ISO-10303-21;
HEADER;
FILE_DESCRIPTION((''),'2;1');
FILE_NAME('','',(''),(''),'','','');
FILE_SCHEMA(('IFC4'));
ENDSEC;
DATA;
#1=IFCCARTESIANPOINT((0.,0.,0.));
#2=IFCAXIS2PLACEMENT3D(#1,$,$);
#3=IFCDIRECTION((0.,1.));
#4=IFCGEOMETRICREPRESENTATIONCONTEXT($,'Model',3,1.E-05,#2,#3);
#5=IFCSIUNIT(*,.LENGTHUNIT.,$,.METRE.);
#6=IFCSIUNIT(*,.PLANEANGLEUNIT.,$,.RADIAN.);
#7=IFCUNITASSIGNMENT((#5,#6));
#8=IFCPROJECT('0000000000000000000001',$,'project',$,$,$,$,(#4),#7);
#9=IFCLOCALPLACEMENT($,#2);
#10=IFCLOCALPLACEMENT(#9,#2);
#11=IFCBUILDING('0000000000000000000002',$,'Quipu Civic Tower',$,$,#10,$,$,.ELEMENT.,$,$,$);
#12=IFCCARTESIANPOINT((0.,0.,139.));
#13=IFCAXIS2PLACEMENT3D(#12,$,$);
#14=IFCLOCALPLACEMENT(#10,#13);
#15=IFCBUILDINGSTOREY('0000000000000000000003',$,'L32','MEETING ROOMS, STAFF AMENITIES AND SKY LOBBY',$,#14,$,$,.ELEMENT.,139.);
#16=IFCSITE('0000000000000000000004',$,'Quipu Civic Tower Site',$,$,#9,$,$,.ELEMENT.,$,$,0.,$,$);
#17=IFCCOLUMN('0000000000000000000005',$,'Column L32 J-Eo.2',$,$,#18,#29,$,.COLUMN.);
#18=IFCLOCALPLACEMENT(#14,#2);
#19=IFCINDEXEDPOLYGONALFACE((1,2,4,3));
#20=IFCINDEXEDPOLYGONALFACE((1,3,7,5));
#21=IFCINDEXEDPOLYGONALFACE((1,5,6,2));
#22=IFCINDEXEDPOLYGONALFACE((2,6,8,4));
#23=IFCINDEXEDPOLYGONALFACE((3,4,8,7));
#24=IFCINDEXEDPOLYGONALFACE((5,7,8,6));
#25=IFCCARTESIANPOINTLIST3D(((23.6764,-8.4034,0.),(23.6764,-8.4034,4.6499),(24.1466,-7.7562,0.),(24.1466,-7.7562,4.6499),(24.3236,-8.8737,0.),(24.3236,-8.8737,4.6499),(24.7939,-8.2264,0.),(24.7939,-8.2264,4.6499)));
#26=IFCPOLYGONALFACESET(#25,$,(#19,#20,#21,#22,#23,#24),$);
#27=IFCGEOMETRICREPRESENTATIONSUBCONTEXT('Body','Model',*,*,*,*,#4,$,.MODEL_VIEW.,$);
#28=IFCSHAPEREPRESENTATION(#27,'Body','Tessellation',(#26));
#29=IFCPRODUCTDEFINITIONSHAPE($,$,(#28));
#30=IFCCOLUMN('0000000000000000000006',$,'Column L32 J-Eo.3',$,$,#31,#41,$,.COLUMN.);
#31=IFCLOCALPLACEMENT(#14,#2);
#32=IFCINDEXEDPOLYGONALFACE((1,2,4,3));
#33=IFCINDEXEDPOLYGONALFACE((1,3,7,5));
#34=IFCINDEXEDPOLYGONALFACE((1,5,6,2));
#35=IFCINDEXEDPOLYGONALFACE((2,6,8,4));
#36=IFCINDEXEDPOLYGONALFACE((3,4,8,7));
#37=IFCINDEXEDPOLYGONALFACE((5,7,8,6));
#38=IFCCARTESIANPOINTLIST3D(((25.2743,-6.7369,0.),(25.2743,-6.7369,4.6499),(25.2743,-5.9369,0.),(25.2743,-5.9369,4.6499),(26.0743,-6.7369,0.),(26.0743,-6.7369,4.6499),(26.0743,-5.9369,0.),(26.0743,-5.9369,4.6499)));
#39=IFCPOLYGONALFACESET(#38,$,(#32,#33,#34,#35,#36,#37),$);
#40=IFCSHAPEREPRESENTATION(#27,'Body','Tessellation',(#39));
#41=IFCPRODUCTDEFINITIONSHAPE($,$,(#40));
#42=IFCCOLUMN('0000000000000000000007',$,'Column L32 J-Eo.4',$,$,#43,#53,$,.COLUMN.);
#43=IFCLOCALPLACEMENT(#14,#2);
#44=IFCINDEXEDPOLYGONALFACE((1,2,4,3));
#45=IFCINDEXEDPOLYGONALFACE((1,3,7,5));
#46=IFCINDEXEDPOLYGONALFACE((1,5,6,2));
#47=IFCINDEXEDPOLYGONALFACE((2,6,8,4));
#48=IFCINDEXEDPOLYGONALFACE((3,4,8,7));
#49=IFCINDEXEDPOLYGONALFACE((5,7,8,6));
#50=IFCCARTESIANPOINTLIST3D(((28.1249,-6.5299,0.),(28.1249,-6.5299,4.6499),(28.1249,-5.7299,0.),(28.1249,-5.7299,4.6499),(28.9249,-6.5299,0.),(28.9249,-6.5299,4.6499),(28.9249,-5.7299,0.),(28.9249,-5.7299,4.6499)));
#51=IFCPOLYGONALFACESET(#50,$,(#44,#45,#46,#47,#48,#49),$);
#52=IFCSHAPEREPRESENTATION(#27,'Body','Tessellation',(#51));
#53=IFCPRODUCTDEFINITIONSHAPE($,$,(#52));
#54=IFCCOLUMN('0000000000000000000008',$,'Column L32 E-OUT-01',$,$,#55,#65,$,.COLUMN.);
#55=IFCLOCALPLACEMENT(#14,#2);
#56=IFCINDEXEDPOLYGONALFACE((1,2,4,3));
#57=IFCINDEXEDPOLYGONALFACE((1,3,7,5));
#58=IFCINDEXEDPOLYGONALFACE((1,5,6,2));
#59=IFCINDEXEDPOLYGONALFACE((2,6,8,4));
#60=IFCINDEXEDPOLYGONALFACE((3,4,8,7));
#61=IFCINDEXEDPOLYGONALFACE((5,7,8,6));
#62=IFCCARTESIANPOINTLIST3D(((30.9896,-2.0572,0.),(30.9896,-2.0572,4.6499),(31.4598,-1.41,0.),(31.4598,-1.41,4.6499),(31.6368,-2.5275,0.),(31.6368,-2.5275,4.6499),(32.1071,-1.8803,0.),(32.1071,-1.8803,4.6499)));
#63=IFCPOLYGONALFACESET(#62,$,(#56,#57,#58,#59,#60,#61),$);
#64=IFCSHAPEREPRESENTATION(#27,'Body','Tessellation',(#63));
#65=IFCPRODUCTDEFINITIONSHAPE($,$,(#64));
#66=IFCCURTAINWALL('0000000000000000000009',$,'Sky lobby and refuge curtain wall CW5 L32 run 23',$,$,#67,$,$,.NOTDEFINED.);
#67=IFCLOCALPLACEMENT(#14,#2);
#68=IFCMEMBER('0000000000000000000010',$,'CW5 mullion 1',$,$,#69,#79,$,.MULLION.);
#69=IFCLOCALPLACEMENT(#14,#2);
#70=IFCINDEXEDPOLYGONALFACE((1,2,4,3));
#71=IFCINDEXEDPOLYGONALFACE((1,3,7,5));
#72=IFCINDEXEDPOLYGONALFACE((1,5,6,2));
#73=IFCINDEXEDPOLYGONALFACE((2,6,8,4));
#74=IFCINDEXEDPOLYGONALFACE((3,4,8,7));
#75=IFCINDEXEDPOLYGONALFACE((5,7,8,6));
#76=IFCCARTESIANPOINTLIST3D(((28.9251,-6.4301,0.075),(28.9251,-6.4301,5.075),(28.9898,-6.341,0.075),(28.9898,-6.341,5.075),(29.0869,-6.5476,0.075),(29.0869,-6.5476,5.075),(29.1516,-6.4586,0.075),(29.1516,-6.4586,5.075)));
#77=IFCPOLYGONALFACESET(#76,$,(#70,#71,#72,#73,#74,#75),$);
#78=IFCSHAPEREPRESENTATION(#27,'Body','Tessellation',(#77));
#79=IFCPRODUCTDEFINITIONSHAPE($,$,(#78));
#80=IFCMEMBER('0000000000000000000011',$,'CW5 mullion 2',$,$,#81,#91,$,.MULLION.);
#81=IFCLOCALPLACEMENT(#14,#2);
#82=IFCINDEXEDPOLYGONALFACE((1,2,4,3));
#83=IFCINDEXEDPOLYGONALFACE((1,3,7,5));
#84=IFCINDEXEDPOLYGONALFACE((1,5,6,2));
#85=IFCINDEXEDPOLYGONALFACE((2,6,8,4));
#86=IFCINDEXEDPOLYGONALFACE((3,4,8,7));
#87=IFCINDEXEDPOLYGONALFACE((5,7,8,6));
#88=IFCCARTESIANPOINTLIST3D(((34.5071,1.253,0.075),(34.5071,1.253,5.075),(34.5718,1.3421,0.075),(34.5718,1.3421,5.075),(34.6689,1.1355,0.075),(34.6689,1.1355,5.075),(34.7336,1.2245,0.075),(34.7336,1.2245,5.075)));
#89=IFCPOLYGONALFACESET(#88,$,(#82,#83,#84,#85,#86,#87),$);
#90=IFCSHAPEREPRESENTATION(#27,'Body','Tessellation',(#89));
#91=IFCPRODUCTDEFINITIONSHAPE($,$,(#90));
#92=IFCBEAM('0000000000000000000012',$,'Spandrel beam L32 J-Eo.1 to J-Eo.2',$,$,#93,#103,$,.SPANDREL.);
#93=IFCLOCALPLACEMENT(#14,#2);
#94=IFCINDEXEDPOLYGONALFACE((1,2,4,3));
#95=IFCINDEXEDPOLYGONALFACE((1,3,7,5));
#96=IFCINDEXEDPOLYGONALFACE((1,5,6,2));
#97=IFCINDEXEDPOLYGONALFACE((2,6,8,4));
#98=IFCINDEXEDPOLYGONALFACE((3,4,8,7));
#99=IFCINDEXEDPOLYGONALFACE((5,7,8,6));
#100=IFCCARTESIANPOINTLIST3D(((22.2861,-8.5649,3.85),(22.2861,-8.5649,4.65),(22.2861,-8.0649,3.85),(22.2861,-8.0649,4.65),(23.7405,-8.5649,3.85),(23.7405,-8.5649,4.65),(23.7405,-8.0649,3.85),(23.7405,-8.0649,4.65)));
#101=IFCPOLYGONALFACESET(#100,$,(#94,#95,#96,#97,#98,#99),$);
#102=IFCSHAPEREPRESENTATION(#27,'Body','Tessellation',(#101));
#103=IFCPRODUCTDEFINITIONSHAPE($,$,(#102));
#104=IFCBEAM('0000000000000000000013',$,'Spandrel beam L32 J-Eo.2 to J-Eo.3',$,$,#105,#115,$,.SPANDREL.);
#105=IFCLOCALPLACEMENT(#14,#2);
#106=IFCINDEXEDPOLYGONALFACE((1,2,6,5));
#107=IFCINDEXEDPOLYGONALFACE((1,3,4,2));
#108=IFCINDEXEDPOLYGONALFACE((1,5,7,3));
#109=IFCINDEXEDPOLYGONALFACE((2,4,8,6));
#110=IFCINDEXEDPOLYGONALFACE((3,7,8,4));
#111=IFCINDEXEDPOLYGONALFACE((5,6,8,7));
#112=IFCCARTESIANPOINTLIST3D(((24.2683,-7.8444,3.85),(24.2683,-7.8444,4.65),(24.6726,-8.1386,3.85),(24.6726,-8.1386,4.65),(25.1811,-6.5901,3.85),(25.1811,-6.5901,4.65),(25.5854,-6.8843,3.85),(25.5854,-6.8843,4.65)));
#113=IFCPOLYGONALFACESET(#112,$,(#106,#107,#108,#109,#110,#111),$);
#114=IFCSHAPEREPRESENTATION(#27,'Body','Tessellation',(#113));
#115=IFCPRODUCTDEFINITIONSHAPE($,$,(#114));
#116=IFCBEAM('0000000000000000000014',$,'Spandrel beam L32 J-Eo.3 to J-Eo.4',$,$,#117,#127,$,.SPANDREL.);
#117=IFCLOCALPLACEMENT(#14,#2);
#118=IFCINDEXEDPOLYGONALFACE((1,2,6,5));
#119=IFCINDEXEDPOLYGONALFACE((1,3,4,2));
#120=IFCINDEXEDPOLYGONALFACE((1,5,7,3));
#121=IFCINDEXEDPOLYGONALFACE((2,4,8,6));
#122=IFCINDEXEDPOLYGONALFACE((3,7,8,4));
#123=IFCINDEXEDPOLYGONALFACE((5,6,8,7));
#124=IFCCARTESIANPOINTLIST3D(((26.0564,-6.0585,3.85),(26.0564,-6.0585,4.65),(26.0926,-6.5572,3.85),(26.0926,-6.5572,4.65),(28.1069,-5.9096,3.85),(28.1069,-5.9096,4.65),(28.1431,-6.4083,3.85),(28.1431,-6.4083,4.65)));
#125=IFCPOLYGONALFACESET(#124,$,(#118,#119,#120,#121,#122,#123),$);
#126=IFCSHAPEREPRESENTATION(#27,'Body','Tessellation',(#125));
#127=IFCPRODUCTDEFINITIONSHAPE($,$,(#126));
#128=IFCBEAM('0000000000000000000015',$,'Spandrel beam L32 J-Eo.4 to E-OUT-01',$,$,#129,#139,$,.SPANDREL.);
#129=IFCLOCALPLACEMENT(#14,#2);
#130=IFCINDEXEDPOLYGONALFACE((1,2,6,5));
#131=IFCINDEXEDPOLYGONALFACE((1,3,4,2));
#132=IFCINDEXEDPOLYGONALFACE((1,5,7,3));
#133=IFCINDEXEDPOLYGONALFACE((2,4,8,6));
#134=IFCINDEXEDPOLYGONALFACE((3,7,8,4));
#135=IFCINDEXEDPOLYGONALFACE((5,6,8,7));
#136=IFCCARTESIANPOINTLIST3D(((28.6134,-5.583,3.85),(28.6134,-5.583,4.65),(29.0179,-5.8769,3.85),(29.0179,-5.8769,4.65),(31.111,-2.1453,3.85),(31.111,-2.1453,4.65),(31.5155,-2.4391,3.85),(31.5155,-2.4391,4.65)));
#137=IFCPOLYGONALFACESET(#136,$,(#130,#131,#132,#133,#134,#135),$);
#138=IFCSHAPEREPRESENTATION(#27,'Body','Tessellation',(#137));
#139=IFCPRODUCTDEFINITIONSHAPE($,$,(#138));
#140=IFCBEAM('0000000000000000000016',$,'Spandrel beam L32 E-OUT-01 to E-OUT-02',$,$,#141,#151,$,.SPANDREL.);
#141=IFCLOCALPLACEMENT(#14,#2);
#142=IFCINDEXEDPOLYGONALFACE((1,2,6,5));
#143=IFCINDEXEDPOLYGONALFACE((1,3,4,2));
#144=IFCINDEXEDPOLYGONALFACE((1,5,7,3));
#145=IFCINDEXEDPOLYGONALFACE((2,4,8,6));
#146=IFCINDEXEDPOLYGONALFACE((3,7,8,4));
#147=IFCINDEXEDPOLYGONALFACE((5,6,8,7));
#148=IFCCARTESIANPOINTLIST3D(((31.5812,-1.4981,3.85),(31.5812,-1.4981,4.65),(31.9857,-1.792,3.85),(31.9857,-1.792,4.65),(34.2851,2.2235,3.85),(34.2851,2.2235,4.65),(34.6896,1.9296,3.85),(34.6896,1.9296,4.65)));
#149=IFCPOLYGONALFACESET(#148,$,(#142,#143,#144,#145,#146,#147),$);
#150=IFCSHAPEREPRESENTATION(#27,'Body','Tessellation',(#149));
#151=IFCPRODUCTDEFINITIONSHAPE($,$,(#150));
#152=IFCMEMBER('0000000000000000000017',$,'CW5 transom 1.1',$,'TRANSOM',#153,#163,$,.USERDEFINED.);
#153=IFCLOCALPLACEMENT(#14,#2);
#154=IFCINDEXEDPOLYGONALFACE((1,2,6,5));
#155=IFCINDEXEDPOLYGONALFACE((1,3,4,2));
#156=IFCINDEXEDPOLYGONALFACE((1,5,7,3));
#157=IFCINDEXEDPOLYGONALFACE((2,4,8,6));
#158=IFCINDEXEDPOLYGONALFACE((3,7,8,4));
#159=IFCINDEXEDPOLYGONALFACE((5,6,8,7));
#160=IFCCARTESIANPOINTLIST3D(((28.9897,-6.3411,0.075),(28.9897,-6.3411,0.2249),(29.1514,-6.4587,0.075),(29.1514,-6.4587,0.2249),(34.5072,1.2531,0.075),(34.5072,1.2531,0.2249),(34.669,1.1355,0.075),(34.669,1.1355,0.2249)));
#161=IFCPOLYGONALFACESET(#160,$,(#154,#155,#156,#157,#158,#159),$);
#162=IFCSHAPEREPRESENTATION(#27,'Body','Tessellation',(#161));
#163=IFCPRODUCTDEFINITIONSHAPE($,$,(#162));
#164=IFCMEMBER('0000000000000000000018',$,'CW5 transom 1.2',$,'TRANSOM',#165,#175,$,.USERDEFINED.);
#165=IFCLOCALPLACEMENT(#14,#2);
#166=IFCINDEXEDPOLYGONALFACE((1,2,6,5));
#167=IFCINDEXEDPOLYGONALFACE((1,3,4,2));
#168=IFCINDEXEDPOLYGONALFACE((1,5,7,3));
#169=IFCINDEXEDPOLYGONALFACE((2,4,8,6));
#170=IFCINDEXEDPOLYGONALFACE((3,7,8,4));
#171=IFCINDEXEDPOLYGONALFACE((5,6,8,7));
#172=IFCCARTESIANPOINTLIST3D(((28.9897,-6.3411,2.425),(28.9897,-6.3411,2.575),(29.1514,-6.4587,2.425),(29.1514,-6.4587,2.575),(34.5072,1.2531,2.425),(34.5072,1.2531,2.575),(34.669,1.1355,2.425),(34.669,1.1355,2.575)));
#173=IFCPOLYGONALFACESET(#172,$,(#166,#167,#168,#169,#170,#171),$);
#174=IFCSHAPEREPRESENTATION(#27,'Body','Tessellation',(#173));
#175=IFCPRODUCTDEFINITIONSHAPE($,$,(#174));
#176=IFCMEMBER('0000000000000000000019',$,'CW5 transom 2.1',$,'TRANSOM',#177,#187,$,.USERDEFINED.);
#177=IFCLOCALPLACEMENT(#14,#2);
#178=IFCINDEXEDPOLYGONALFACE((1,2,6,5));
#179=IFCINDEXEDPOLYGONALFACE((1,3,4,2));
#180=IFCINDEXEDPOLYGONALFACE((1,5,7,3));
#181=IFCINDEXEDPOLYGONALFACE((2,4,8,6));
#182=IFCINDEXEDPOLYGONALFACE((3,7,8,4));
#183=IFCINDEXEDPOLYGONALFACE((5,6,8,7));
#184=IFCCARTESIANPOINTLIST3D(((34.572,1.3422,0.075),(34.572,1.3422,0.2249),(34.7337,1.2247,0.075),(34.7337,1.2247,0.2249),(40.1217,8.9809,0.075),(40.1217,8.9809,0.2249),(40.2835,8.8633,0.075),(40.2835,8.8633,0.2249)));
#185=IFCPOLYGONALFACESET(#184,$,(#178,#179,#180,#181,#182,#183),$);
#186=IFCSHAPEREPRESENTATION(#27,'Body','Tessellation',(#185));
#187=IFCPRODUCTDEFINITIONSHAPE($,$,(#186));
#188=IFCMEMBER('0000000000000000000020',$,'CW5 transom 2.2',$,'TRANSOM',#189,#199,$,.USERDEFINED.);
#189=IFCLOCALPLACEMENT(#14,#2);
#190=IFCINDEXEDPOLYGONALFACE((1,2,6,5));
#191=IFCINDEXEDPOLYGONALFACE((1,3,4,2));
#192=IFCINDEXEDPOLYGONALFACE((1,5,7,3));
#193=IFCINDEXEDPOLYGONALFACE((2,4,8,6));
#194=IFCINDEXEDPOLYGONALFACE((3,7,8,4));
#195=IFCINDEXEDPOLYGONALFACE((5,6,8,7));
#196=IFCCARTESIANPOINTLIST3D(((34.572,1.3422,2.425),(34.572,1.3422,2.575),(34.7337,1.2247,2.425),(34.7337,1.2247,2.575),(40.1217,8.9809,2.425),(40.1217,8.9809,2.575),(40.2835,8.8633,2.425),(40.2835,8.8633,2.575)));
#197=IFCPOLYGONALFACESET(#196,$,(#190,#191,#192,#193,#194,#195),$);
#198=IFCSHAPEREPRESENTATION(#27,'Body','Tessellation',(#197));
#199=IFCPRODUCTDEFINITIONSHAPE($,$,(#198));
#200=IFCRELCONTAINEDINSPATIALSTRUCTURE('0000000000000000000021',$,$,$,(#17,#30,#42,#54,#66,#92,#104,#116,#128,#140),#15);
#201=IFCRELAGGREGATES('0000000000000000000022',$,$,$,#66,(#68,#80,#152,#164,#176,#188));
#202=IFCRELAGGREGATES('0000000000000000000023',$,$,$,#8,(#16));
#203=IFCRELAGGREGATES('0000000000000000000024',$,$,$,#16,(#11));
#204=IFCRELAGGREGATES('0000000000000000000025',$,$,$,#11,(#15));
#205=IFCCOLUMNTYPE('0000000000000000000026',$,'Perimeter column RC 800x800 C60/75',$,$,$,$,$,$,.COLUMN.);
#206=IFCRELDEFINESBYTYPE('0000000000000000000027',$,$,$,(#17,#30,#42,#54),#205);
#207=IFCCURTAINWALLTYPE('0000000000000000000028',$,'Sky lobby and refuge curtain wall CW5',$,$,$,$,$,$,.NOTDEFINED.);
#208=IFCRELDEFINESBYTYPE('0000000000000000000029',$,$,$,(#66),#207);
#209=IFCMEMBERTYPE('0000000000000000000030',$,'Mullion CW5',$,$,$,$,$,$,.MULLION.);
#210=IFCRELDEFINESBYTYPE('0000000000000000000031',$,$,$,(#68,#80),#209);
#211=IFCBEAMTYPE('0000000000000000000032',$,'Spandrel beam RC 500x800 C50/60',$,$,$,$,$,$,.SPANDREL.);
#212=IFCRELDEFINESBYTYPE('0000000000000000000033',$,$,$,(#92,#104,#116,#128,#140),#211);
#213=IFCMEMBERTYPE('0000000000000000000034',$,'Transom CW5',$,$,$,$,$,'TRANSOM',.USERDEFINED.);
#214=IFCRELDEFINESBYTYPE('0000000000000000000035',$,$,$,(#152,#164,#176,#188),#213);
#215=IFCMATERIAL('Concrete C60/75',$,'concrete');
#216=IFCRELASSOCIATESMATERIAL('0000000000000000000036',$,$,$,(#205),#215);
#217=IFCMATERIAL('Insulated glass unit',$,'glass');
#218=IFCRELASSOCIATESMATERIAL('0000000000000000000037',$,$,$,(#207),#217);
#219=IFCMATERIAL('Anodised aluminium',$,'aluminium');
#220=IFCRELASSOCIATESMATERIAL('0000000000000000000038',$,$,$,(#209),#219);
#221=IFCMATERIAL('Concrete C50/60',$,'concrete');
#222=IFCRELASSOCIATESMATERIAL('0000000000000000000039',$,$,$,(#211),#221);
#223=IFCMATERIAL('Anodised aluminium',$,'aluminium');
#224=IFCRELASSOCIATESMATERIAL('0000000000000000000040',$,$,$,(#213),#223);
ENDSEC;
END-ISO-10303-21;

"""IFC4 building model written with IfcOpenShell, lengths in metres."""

from ifc_helpers import new_model, si_unit, direction, frame, origin, origin_2d, place, context, subcontext, project, spatial, rectangle, extrude, material, material_profile, profile_set, type_object, element, aggregate, save


model = new_model("IFC4")

# Units and contexts
model_context = context("Model", 3, precision=1e-05, world=origin(), true_north=direction((0.0, 1.0)))
body_context = subcontext(model_context, "Body", "Model", "MODEL_VIEW")
ifc_project = project(units=[si_unit("LENGTHUNIT", "METRE"), si_unit("PLANEANGLEUNIT", "RADIAN")], contexts=[model_context])

# Site, building, storey
site_placement = place(None, origin())
site = spatial("IfcSite", under=ifc_project, at=site_placement, Name="Quipu Civic Tower Site", CompositionType="ELEMENT", RefElevation=0.0)
building_placement = place(site_placement, origin())
building = spatial("IfcBuilding", under=site, at=building_placement, Name="Quipu Civic Tower", CompositionType="ELEMENT")
storey_placement = place(building_placement, frame((0.0, 0.0, 139.0)))
storey = spatial("IfcBuildingStorey", under=building, at=storey_placement, Name="L32", Description="MEETING ROOMS, STAFF AMENITIES AND SKY LOBBY", CompositionType="ELEMENT", Elevation=139.0)

# Columns
ifc_material_1 = material(Name="Concrete C60/75", Category="concrete")
ifc_material_profile_1 = material_profile(ifc_material_1, rectangle(XDim=0.8, YDim=0.8, at=origin_2d()), Name="RC800x800")
ifc_profile_set_1 = profile_set([ifc_material_profile_1], Name="Concrete C60/75")
column_type = type_object("IfcColumnType", Name="Perimeter column RC 800x800 C60/75", PredefinedType="COLUMN", material=ifc_profile_set_1)
for number, where, z_axis, x_axis, name in (
    (1, (24.2351, -8.3149, 0.0), (0.0, 0.0, 1.0), (0.587785, 0.809017, 0.0), "Column L32 J-Eo.2"),
    (2, (25.6743, -6.3369, 0.0), (0.0, 0.0, 1.0), (1.0, 0.0, 0.0), "Column L32 J-Eo.3"),
    (3, (28.5249, -6.1299, 0.0), (0.0, 0.0, 1.0), (1.0, 0.0, 0.0), "Column L32 J-Eo.4"),
    (4, (31.5483, -1.9688, 0.0), (0.0, 0.0, 1.0), (0.587785, 0.809017, 0.0), "Column L32 E-OUT-01"),
):
    element("IfcColumn", number, at=place(storey_placement, frame(where, z_axis=z_axis, x_axis=x_axis)), inside=storey, type_object=column_type, Name=name, PredefinedType="COLUMN", context=body_context, shape_type="SweptSolid", body=[
        extrude(rectangle(XDim=0.8, YDim=0.8, at=origin_2d()), origin(), (0.0, 0.0, 1.0), 4.6499),
    ])

# Curtain wall, members
ifc_material_2 = material(Name="Insulated glass unit", Category="glass")
curtain_wall_type = type_object("IfcCurtainWallType", Name="Sky lobby and refuge curtain wall CW5", PredefinedType="NOTDEFINED", material=ifc_material_2)
curtain_wall_placement = place(storey_placement, origin())
curtain_wall = element("IfcCurtainWall", 5, at=curtain_wall_placement, inside=storey, type_object=curtain_wall_type, Name="Sky lobby and refuge curtain wall CW5 L32 run 23", PredefinedType="NOTDEFINED")
ifc_material_3 = material(Name="Anodised aluminium", Category="aluminium")
ifc_material_profile_2 = material_profile(ifc_material_3, rectangle(XDim=0.2, YDim=0.1101, at=origin_2d()), Name="RECT 200x110")
ifc_profile_set_2 = profile_set([ifc_material_profile_2], Name="Anodised aluminium")
member_type_1 = type_object("IfcMemberType", Name="Mullion CW5", PredefinedType="MULLION", material=ifc_profile_set_2)
member_1_placement = place(storey_placement, frame((29.0383, -6.4443, 0.075), z_axis=(0.0, 0.0, 1.0), x_axis=(-0.809017, 0.587786, 0.0)))
member_1 = element("IfcMember", 6, at=member_1_placement, type_object=member_type_1, Name="CW5 mullion 1", PredefinedType="MULLION", context=body_context, shape_type="SweptSolid", body=[
    extrude(rectangle(XDim=0.2, YDim=0.1101, at=origin_2d()), origin(), (0.0, 0.0, 1.0), 5.0),
])
member_2_placement = place(storey_placement, frame((34.6204, 1.2388, 0.075), z_axis=(0.0, 0.0, 1.0), x_axis=(-0.809017, 0.587786, 0.0)))
member_2 = element("IfcMember", 7, at=member_2_placement, type_object=member_type_1, Name="CW5 mullion 2", PredefinedType="MULLION", context=body_context, shape_type="SweptSolid", body=[
    extrude(rectangle(XDim=0.2, YDim=0.1101, at=origin_2d()), origin(), (0.0, 0.0, 1.0), 5.0),
])

# Beams
ifc_material_4 = material(Name="Concrete C50/60", Category="concrete")
ifc_material_profile_3 = material_profile(ifc_material_4, rectangle(XDim=0.5, YDim=0.8, at=origin_2d()), Name="RC500x800")
ifc_profile_set_3 = profile_set([ifc_material_profile_3], Name="Concrete C50/60")
beam_type = type_object("IfcBeamType", Name="Spandrel beam RC 500x800 C50/60", PredefinedType="SPANDREL", material=ifc_profile_set_3)
beam_1_placement = place(storey_placement, frame((22.2861, -8.3149, 4.25), z_axis=(1.0, 0.0, 0.0), x_axis=(0.0, 1.0, 0.0)))
element("IfcBeam", 8, at=beam_1_placement, inside=storey, type_object=beam_type, Name="Spandrel beam L32 J-Eo.1 to J-Eo.2", PredefinedType="SPANDREL", context=body_context, shape_type="SweptSolid", body=[
    extrude(rectangle(XDim=0.5, YDim=0.8, at=origin_2d()), origin(), (0.0, 0.0, 1.0), 1.4543),
])
beam_2_placement = place(storey_placement, frame((24.4705, -7.9915, 4.25), z_axis=(0.588406, 0.808566, 0.0), x_axis=(-0.808566, 0.588406, 0.0)))
element("IfcBeam", 9, at=beam_2_placement, inside=storey, type_object=beam_type, Name="Spandrel beam L32 J-Eo.2 to J-Eo.3", PredefinedType="SPANDREL", context=body_context, shape_type="SweptSolid", body=[
    extrude(rectangle(XDim=0.5, YDim=0.8, at=origin_2d()), origin(), (0.0, 0.0, 1.0), 1.5513),
])
beam_3_placement = place(storey_placement, frame((26.0745, -6.3079, 4.25), z_axis=(0.997373, 0.072437, 0.0), x_axis=(-0.072437, 0.997373, 0.0)))
element("IfcBeam", 10, at=beam_3_placement, inside=storey, type_object=beam_type, Name="Spandrel beam L32 J-Eo.3 to J-Eo.4", PredefinedType="SPANDREL", context=body_context, shape_type="SweptSolid", body=[
    extrude(rectangle(XDim=0.5, YDim=0.8, at=origin_2d()), origin(), (0.0, 0.0, 1.0), 2.0559),
])
beam_4_placement = place(storey_placement, frame((28.8157, -5.73, 4.25), z_axis=(0.587769, 0.809029, 0.0), x_axis=(-0.809029, 0.587769, 0.0)))
element("IfcBeam", 11, at=beam_4_placement, inside=storey, type_object=beam_type, Name="Spandrel beam L32 J-Eo.4 to E-OUT-01", PredefinedType="SPANDREL", context=body_context, shape_type="SweptSolid", body=[
    extrude(rectangle(XDim=0.5, YDim=0.8, at=origin_2d()), origin(), (0.0, 0.0, 1.0), 4.2493),
])
beam_5_placement = place(storey_placement, frame((31.7834, -1.645, 4.25), z_axis=(0.587796, 0.809009, 0.0), x_axis=(-0.809009, 0.587796, 0.0)))
element("IfcBeam", 12, at=beam_5_placement, inside=storey, type_object=beam_type, Name="Spandrel beam L32 E-OUT-01 to E-OUT-02", PredefinedType="SPANDREL", context=body_context, shape_type="SweptSolid", body=[
    extrude(rectangle(XDim=0.5, YDim=0.8, at=origin_2d()), origin(), (0.0, 0.0, 1.0), 4.6001),
])

# Members
ifc_material_5 = material(Name="Anodised aluminium", Category="aluminium")
ifc_material_profile_4 = material_profile(ifc_material_5, rectangle(XDim=0.2, YDim=0.1499, at=origin_2d()), Name="RECT 200x150")
ifc_profile_set_4 = profile_set([ifc_material_profile_4], Name="Anodised aluminium")
member_type_2 = type_object("IfcMemberType", Name="Transom CW5", ElementType="TRANSOM", PredefinedType="USERDEFINED", material=ifc_profile_set_4)
member_3_placement = place(storey_placement, frame((29.0706, -6.3999, 0.1499), z_axis=(0.587788, 0.809015, 0.0), x_axis=(-0.809015, 0.587788, 0.0)))
member_3 = element("IfcMember", 13, at=member_3_placement, type_object=member_type_2, Name="CW5 transom 1.1", ObjectType="TRANSOM", PredefinedType="USERDEFINED", context=body_context, shape_type="SweptSolid", body=[
    extrude(rectangle(XDim=0.2, YDim=0.1499, at=origin_2d()), origin(), (0.0, 0.0, 1.0), 9.387),
])
member_4_placement = place(storey_placement, frame((29.0706, -6.3999, 2.5), z_axis=(0.587788, 0.809015, 0.0), x_axis=(-0.809015, 0.587788, 0.0)))
member_4 = element("IfcMember", 14, at=member_4_placement, type_object=member_type_2, Name="CW5 transom 1.2", ObjectType="TRANSOM", PredefinedType="USERDEFINED", context=body_context, shape_type="SweptSolid", body=[
    extrude(rectangle(XDim=0.2, YDim=0.1499, at=origin_2d()), origin(), (0.0, 0.0, 1.0), 9.387),
])
member_5_placement = place(storey_placement, frame((34.6528, 1.2834, 0.1499), z_axis=(0.587784, 0.809018, 0.0), x_axis=(-0.809018, 0.587784, 0.0)))
member_5 = element("IfcMember", 15, at=member_5_placement, type_object=member_type_2, Name="CW5 transom 2.1", ObjectType="TRANSOM", PredefinedType="USERDEFINED", context=body_context, shape_type="SweptSolid", body=[
    extrude(rectangle(XDim=0.2, YDim=0.1499, at=origin_2d()), origin(), (0.0, 0.0, 1.0), 9.4419),
])
member_6_placement = place(storey_placement, frame((34.6528, 1.2834, 2.5), z_axis=(0.587784, 0.809018, 0.0), x_axis=(-0.809018, 0.587784, 0.0)))
member_6 = element("IfcMember", 16, at=member_6_placement, type_object=member_type_2, Name="CW5 transom 2.2", ObjectType="TRANSOM", PredefinedType="USERDEFINED", context=body_context, shape_type="SweptSolid", body=[
    extrude(rectangle(XDim=0.2, YDim=0.1499, at=origin_2d()), origin(), (0.0, 0.0, 1.0), 9.4419),
])

aggregate(curtain_wall, [member_1, member_2, member_3, member_4, member_5, member_6])

save(model, "model.ifc")
